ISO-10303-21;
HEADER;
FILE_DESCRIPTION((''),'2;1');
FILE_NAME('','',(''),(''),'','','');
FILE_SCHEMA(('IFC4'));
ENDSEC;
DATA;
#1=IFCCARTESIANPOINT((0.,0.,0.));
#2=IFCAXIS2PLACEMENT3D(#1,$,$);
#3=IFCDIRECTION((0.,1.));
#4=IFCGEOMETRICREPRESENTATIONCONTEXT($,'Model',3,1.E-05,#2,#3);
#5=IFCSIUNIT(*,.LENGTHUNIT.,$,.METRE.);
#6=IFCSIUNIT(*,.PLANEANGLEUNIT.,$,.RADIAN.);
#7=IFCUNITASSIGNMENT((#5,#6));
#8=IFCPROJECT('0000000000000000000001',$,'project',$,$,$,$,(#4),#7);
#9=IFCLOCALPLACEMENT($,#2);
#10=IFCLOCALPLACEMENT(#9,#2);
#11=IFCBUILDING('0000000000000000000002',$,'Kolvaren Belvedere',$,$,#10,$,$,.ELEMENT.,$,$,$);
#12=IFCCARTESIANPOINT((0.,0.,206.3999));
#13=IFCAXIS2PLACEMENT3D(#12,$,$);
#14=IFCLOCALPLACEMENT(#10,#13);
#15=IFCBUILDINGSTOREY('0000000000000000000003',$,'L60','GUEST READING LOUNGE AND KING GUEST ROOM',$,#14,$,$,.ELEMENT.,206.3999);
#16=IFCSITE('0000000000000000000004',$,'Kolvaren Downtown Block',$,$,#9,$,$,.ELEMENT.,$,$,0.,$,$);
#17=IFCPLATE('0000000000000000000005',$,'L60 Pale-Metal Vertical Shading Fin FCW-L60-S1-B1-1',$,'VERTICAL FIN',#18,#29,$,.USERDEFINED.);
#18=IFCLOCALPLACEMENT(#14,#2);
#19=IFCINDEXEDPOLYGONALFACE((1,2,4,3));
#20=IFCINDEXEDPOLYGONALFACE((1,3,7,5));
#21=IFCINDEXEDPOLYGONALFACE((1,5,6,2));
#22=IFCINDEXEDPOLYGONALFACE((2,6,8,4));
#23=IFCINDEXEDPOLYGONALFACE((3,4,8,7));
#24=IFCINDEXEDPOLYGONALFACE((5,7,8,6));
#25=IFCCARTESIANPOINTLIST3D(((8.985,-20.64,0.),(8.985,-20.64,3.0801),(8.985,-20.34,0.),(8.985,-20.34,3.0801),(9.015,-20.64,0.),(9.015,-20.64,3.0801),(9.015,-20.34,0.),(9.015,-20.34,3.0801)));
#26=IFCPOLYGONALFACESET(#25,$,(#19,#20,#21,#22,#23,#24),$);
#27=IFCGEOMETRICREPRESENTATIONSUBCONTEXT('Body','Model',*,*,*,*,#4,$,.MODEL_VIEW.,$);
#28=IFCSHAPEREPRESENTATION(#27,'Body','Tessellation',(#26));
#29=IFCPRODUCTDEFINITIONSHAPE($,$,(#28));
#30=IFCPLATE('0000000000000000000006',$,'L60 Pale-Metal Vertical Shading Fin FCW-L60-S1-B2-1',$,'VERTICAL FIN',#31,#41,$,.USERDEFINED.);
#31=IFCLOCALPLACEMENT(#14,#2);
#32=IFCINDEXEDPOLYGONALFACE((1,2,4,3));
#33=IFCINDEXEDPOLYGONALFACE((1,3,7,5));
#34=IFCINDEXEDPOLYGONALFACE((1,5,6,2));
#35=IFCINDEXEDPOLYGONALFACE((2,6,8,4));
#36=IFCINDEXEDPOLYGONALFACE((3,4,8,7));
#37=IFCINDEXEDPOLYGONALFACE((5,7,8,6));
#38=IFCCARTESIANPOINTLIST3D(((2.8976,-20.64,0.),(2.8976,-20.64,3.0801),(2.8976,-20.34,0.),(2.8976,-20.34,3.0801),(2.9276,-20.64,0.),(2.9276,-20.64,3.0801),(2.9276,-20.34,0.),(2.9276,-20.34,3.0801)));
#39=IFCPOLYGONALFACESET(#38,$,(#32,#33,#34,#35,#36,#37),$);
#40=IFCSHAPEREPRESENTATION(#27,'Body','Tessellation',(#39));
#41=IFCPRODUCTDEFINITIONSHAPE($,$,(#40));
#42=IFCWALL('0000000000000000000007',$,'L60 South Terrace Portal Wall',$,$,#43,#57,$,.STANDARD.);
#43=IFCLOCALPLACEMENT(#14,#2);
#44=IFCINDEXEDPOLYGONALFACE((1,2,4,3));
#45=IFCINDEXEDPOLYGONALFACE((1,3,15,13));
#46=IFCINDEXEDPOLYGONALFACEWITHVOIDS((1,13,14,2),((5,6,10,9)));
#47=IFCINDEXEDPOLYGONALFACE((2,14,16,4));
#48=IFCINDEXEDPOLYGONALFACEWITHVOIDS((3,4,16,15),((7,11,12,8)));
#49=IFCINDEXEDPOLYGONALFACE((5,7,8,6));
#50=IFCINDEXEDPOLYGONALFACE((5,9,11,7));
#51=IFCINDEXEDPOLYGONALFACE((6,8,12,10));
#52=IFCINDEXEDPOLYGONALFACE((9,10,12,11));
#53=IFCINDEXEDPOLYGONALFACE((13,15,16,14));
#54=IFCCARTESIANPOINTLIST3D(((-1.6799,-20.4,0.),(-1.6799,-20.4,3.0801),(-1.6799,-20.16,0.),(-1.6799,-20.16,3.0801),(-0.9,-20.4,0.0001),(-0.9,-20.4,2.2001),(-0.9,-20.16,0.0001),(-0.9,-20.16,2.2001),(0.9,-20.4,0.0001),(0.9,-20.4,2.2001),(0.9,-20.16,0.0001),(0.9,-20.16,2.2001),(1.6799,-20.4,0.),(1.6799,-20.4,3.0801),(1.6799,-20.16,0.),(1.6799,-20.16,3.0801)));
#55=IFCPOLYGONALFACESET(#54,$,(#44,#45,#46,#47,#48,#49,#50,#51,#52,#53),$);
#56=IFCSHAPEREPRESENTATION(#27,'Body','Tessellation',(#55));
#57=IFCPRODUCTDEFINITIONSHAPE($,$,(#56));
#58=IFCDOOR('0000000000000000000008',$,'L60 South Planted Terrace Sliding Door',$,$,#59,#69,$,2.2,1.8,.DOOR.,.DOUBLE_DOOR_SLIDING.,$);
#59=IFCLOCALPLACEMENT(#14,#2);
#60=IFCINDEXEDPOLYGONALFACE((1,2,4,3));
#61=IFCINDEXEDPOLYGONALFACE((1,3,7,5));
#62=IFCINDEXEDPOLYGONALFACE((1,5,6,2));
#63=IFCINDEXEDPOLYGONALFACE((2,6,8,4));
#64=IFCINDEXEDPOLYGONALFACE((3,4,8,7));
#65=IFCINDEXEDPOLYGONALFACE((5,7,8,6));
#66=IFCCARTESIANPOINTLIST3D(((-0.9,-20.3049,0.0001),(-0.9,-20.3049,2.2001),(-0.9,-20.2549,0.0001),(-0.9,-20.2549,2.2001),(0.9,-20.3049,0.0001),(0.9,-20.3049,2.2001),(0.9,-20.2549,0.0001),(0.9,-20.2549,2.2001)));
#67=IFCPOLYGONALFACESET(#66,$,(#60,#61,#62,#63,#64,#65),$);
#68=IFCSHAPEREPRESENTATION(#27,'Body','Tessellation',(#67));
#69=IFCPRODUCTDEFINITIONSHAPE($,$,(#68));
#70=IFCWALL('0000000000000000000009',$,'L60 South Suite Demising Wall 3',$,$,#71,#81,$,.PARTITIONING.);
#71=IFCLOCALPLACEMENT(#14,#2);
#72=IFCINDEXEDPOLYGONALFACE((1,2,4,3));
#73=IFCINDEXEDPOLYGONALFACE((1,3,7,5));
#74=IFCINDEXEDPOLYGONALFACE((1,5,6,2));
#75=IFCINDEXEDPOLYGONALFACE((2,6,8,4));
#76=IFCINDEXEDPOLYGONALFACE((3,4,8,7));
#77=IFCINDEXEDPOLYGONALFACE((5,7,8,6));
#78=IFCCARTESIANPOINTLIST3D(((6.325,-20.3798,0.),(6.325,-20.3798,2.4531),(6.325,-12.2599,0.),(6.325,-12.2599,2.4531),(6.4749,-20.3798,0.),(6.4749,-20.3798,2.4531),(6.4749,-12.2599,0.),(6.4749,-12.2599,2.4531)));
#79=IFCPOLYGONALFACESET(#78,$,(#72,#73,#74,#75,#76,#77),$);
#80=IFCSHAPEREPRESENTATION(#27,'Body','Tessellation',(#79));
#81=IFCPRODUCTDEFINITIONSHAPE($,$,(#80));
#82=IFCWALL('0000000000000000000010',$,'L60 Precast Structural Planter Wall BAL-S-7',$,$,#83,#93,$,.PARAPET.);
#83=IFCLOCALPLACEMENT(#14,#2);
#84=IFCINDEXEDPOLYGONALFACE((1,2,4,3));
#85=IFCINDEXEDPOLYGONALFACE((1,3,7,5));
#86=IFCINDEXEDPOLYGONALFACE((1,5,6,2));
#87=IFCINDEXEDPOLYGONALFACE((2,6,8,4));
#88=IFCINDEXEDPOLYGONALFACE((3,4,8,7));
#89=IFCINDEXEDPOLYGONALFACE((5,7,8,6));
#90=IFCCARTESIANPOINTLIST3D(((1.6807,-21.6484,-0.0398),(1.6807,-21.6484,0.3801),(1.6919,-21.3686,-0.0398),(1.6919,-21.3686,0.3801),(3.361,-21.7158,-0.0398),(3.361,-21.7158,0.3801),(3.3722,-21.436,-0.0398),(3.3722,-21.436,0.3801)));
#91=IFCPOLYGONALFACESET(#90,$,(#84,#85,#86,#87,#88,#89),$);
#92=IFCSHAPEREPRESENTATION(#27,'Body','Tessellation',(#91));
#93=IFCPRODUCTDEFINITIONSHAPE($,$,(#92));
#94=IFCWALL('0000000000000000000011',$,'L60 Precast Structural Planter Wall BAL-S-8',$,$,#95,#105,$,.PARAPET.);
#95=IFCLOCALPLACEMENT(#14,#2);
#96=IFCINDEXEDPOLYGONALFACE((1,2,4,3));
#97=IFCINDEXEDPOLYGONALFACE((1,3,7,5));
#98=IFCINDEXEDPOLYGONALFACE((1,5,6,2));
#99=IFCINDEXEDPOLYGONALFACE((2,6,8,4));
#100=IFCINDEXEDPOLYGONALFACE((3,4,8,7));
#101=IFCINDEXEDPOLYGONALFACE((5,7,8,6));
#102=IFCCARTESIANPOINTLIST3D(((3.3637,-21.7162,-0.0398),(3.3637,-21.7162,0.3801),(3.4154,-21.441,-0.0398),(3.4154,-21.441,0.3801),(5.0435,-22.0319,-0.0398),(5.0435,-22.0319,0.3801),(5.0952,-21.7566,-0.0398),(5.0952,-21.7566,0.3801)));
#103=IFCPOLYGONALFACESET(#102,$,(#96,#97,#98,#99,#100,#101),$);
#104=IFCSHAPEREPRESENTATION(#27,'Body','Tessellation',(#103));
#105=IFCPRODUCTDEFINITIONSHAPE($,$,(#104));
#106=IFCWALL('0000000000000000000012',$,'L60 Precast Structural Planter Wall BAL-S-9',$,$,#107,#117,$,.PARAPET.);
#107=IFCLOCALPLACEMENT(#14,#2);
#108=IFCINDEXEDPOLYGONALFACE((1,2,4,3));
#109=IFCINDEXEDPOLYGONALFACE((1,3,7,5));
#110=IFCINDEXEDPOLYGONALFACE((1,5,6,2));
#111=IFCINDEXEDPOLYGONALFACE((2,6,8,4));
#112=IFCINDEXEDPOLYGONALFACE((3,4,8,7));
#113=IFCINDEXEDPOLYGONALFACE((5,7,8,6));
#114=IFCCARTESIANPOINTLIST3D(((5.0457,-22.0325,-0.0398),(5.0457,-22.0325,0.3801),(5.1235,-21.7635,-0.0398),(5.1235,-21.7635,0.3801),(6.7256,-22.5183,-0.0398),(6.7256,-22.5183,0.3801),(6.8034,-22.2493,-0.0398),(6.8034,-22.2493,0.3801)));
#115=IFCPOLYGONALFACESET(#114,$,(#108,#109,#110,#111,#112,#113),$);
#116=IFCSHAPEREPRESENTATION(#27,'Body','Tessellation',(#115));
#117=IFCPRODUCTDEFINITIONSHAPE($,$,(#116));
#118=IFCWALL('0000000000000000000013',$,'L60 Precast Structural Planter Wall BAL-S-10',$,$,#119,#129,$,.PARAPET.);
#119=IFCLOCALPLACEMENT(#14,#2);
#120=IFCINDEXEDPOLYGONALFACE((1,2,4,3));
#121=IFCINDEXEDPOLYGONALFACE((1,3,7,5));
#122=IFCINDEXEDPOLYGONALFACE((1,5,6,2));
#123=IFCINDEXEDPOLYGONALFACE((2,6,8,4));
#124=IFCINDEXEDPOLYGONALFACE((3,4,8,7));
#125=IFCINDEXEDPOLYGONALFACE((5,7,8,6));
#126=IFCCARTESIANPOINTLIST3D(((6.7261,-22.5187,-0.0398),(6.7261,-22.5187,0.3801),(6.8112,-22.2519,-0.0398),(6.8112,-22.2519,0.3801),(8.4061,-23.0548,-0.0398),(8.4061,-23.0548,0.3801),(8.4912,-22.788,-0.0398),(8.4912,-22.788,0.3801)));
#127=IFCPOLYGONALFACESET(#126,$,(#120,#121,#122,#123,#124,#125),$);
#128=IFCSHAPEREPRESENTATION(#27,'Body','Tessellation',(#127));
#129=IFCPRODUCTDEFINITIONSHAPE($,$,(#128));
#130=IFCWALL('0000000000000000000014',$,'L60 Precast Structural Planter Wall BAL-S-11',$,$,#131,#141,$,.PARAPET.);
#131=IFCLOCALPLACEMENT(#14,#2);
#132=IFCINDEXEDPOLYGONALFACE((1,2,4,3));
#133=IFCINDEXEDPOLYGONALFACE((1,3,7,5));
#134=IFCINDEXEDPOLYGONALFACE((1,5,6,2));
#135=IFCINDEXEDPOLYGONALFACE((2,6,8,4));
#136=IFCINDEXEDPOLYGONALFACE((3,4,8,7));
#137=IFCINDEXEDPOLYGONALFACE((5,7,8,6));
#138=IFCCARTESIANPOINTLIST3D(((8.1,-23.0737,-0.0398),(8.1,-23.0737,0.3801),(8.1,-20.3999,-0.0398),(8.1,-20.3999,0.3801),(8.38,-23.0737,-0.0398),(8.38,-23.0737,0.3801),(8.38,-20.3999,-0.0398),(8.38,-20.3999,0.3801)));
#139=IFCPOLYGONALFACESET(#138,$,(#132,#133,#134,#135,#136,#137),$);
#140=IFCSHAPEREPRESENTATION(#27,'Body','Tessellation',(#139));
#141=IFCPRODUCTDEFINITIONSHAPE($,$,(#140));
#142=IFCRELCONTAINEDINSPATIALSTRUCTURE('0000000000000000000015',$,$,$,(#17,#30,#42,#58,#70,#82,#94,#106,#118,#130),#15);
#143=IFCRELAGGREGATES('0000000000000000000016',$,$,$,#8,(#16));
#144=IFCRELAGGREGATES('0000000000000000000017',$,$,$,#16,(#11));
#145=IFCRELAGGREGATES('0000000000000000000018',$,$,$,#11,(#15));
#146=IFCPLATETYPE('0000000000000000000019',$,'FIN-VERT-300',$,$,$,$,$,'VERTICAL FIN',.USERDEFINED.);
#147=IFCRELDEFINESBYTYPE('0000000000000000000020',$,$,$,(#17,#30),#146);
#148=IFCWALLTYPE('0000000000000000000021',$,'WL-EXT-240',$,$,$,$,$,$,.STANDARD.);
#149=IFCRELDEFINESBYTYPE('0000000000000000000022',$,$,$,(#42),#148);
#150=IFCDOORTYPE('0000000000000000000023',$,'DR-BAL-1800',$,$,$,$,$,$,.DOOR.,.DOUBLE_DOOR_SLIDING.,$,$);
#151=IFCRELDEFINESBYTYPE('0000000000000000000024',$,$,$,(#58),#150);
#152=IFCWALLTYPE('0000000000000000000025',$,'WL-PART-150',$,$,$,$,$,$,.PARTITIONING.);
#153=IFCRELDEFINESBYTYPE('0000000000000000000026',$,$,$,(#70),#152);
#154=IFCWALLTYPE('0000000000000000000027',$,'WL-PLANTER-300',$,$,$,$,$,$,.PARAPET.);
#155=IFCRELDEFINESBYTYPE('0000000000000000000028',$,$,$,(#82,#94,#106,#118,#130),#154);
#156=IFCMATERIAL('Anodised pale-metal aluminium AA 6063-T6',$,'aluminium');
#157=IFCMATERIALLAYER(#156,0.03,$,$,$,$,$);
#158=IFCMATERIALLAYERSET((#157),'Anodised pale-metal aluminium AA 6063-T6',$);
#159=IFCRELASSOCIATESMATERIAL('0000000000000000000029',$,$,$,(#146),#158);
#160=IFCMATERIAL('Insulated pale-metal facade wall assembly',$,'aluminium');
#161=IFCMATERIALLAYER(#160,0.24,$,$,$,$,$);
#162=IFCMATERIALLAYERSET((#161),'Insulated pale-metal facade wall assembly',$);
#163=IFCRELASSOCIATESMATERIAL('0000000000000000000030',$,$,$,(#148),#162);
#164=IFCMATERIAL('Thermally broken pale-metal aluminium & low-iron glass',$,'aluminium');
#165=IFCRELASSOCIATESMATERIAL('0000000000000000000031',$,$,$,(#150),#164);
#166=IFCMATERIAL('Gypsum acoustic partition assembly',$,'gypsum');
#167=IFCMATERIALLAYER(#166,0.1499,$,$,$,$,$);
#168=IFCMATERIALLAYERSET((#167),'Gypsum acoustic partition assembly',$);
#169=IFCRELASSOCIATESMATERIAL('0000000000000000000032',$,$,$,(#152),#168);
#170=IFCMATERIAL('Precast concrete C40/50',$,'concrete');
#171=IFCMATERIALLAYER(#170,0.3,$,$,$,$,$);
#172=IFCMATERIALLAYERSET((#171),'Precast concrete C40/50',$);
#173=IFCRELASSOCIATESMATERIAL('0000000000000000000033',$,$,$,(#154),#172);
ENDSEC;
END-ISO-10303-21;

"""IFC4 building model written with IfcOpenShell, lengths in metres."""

from ifc_helpers import new_model, si_unit, direction, frame, frame_2d, origin, origin_2d, place, context, subcontext, project, spatial, rectangle, extrude, material, layer, layer_set, type_object, element, fill, save


model = new_model("IFC4")

# Units and contexts
model_context = context("Model", 3, precision=1e-05, world=origin(), true_north=direction((0.0, 1.0)))
body_context = subcontext(model_context, "Body", "Model", "MODEL_VIEW")
ifc_project = project(units=[si_unit("LENGTHUNIT", "METRE"), si_unit("PLANEANGLEUNIT", "RADIAN")], contexts=[model_context])

# Site, building, storey
site_placement = place(None, origin())
site = spatial("IfcSite", under=ifc_project, at=site_placement, Name="Kolvaren Downtown Block", CompositionType="ELEMENT", RefElevation=0.0)
building_placement = place(site_placement, origin())
building = spatial("IfcBuilding", under=site, at=building_placement, Name="Kolvaren Belvedere", CompositionType="ELEMENT")
storey_placement = place(building_placement, frame((0.0, 0.0, 206.3999)))
storey = spatial("IfcBuildingStorey", under=building, at=storey_placement, Name="L60", Description="GUEST READING LOUNGE AND KING GUEST ROOM", CompositionType="ELEMENT", Elevation=206.3999)

# Plates
ifc_material_1 = material(Name="Anodised pale-metal aluminium AA 6063-T6", Category="aluminium")
ifc_layer_1 = layer(ifc_material_1, 0.03)
ifc_layer_set_1 = layer_set([ifc_layer_1], Name="Anodised pale-metal aluminium AA 6063-T6")
plate_type_1 = type_object("IfcPlateType", Name="FIN-VERT-300", ElementType="VERTICAL FIN", PredefinedType="USERDEFINED", material=ifc_layer_set_1)
for number, where, z_axis, x_axis, name in (
    (1, (9.0, -20.49, 0.0), (0.0, 0.0, 1.0), (0.0, 1.0, 0.0), "L60 Pale-Metal Vertical Shading Fin FCW-L60-S1-B1-1"),
    (2, (2.9126, -20.49, 0.0), (0.0, 0.0, 1.0), (0.0, 1.0, 0.0), "L60 Pale-Metal Vertical Shading Fin FCW-L60-S1-B2-1"),
):
    element("IfcPlate", number, at=place(storey_placement, frame(where, z_axis=z_axis, x_axis=x_axis)), inside=storey, type_object=plate_type_1, Name=name, ObjectType="VERTICAL FIN", PredefinedType="USERDEFINED", context=body_context, shape_type="SweptSolid", body=[
        extrude(rectangle(XDim=0.3, YDim=0.03, at=origin_2d()), origin(), (0.0, 0.0, 1.0), 3.0801),
    ])

# Wall, opening, door
ifc_material_2 = material(Name="Insulated pale-metal facade wall assembly", Category="aluminium")
ifc_layer_2 = layer(ifc_material_2, 0.24)
ifc_layer_set_2 = layer_set([ifc_layer_2], Name="Insulated pale-metal facade wall assembly")
wall_type_1 = type_object("IfcWallType", Name="WL-EXT-240", PredefinedType="STANDARD", material=ifc_layer_set_2)
wall_1_placement = place(storey_placement, frame((1.6799, -20.28, 0.0), z_axis=(0.0, 0.0, 1.0), x_axis=(-1.0, 0.0, 0.0)))
wall_1 = element("IfcWall", 3, at=wall_1_placement, inside=storey, type_object=wall_type_1, Name="L60 South Terrace Portal Wall", PredefinedType="STANDARD", context=body_context, shape_type="SweptSolid", body=[
    extrude(rectangle(XDim=3.3599, YDim=0.24, at=frame_2d((1.6799, 0.0))), origin(), (0.0, 0.0, 1.0), 3.0801),
])
opening_placement = place(wall_1_placement, frame((0.78, 0.0, 0.0)))
opening = element("IfcOpeningElement", 4, at=opening_placement, cuts=wall_1, PredefinedType="OPENING", context=body_context, shape_type="SweptSolid", body=[
    extrude(rectangle(XDim=1.8, YDim=2.2, at=frame_2d((0.8999, 1.1001))), frame((0.0, 0.1299, 0.0), z_axis=(0.0, -1.0, 0.0), x_axis=(1.0, 0.0, 0.0)), (0.0, 0.0, 1.0), 0.26),
])
ifc_material_3 = material(Name="Thermally broken pale-metal aluminium & low-iron glass", Category="aluminium")
door_type = type_object("IfcDoorType", Name="DR-BAL-1800", OperationType="DOUBLE_DOOR_SLIDING", PredefinedType="DOOR", material=ifc_material_3)
door_placement = place(opening_placement, origin())
door = element("IfcDoor", 5, at=door_placement, inside=storey, type_object=door_type, Name="L60 South Planted Terrace Sliding Door", OperationType="DOUBLE_DOOR_SLIDING", OverallHeight=2.2, OverallWidth=1.8, PredefinedType="DOOR", context=body_context, shape_type="SweptSolid", body=[
    extrude(rectangle(XDim=1.8, YDim=2.2, at=frame_2d((0.8999, 1.1001))), frame((0.0, 0.0249, 0.0), z_axis=(0.0, -1.0, 0.0), x_axis=(1.0, 0.0, 0.0)), (0.0, 0.0, 1.0), 0.05),
])
fill(opening, door)

# Walls
ifc_material_4 = material(Name="Gypsum acoustic partition assembly", Category="gypsum")
ifc_layer_3 = layer(ifc_material_4, 0.1499)
ifc_layer_set_3 = layer_set([ifc_layer_3], Name="Gypsum acoustic partition assembly")
wall_type_2 = type_object("IfcWallType", Name="WL-PART-150", PredefinedType="PARTITIONING", material=ifc_layer_set_3)
wall_2_placement = place(storey_placement, frame((6.3999, -20.3799, 0.0), z_axis=(0.0, 0.0, 1.0), x_axis=(0.0, 1.0, 0.0)))
element("IfcWall", 6, at=wall_2_placement, inside=storey, type_object=wall_type_2, Name="L60 South Suite Demising Wall 3", PredefinedType="PARTITIONING", context=body_context, shape_type="SweptSolid", body=[
    extrude(rectangle(XDim=8.1199, YDim=0.1499, at=frame_2d((4.0601, 0.0))), origin(), (0.0, 0.0, 1.0), 2.4531),
])
ifc_material_5 = material(Name="Precast concrete C40/50", Category="concrete")
ifc_layer_4 = layer(ifc_material_5, 0.3)
ifc_layer_set_4 = layer_set([ifc_layer_4], Name="Precast concrete C40/50")
wall_type_3 = type_object("IfcWallType", Name="WL-PLANTER-300", PredefinedType="PARAPET", material=ifc_layer_set_4)
wall_3_placement = place(storey_placement, frame((1.6863, -21.5085, -0.0398), z_axis=(0.0, 0.0, 1.0), x_axis=(0.999197, -0.040072, 0.0)))
element("IfcWall", 7, at=wall_3_placement, inside=storey, type_object=wall_type_3, Name="L60 Precast Structural Planter Wall BAL-S-7", PredefinedType="PARAPET", context=body_context, shape_type="SweptSolid", body=[
    extrude(rectangle(XDim=1.6816, YDim=0.28, at=frame_2d((0.8408, 0.0))), origin(), (0.0, 0.0, 1.0), 0.4199),
])
wall_4_placement = place(storey_placement, frame((3.3896, -21.5786, -0.0398), z_axis=(0.0, 0.0, 1.0), x_axis=(0.982799, -0.184677, 0.0)))
element("IfcWall", 8, at=wall_4_placement, inside=storey, type_object=wall_type_3, Name="L60 Precast Structural Planter Wall BAL-S-8", PredefinedType="PARAPET", context=body_context, shape_type="SweptSolid", body=[
    extrude(rectangle(XDim=1.7092, YDim=0.28, at=frame_2d((0.8545, 0.0))), origin(), (0.0, 0.0, 1.0), 0.4199),
])
wall_5_placement = place(storey_placement, frame((5.0845, -21.8979, -0.0398), z_axis=(0.0, 0.0, 1.0), x_axis=(0.960634, -0.277817, 0.0)))
element("IfcWall", 9, at=wall_5_placement, inside=storey, type_object=wall_type_3, Name="L60 Precast Structural Planter Wall BAL-S-9", PredefinedType="PARAPET", context=body_context, shape_type="SweptSolid", body=[
    extrude(rectangle(XDim=1.7488, YDim=0.28, at=frame_2d((0.8745, 0.0))), origin(), (0.0, 0.0, 1.0), 0.4199),
])
wall_6_placement = place(storey_placement, frame((6.7686, -22.3853, -0.0398), z_axis=(0.0, 0.0, 1.0), x_axis=(0.952662, -0.304032, 0.0)))
element("IfcWall", 10, at=wall_6_placement, inside=storey, type_object=wall_type_3, Name="L60 Precast Structural Planter Wall BAL-S-10", PredefinedType="PARAPET", context=body_context, shape_type="SweptSolid", body=[
    extrude(rectangle(XDim=1.7634, YDim=0.28, at=frame_2d((0.8818, 0.0))), origin(), (0.0, 0.0, 1.0), 0.4199),
])
wall_7_placement = place(storey_placement, frame((8.24, -23.0737, -0.0398), z_axis=(0.0, 0.0, 1.0), x_axis=(0.0, 1.0, 0.0)))
element("IfcWall", 11, at=wall_7_placement, inside=storey, type_object=wall_type_3, Name="L60 Precast Structural Planter Wall BAL-S-11", PredefinedType="PARAPET", context=body_context, shape_type="SweptSolid", body=[
    extrude(rectangle(XDim=2.6738, YDim=0.28, at=frame_2d((1.3369, 0.0))), origin(), (0.0, 0.0, 1.0), 0.4199),
])

save(model, "model.ifc")
